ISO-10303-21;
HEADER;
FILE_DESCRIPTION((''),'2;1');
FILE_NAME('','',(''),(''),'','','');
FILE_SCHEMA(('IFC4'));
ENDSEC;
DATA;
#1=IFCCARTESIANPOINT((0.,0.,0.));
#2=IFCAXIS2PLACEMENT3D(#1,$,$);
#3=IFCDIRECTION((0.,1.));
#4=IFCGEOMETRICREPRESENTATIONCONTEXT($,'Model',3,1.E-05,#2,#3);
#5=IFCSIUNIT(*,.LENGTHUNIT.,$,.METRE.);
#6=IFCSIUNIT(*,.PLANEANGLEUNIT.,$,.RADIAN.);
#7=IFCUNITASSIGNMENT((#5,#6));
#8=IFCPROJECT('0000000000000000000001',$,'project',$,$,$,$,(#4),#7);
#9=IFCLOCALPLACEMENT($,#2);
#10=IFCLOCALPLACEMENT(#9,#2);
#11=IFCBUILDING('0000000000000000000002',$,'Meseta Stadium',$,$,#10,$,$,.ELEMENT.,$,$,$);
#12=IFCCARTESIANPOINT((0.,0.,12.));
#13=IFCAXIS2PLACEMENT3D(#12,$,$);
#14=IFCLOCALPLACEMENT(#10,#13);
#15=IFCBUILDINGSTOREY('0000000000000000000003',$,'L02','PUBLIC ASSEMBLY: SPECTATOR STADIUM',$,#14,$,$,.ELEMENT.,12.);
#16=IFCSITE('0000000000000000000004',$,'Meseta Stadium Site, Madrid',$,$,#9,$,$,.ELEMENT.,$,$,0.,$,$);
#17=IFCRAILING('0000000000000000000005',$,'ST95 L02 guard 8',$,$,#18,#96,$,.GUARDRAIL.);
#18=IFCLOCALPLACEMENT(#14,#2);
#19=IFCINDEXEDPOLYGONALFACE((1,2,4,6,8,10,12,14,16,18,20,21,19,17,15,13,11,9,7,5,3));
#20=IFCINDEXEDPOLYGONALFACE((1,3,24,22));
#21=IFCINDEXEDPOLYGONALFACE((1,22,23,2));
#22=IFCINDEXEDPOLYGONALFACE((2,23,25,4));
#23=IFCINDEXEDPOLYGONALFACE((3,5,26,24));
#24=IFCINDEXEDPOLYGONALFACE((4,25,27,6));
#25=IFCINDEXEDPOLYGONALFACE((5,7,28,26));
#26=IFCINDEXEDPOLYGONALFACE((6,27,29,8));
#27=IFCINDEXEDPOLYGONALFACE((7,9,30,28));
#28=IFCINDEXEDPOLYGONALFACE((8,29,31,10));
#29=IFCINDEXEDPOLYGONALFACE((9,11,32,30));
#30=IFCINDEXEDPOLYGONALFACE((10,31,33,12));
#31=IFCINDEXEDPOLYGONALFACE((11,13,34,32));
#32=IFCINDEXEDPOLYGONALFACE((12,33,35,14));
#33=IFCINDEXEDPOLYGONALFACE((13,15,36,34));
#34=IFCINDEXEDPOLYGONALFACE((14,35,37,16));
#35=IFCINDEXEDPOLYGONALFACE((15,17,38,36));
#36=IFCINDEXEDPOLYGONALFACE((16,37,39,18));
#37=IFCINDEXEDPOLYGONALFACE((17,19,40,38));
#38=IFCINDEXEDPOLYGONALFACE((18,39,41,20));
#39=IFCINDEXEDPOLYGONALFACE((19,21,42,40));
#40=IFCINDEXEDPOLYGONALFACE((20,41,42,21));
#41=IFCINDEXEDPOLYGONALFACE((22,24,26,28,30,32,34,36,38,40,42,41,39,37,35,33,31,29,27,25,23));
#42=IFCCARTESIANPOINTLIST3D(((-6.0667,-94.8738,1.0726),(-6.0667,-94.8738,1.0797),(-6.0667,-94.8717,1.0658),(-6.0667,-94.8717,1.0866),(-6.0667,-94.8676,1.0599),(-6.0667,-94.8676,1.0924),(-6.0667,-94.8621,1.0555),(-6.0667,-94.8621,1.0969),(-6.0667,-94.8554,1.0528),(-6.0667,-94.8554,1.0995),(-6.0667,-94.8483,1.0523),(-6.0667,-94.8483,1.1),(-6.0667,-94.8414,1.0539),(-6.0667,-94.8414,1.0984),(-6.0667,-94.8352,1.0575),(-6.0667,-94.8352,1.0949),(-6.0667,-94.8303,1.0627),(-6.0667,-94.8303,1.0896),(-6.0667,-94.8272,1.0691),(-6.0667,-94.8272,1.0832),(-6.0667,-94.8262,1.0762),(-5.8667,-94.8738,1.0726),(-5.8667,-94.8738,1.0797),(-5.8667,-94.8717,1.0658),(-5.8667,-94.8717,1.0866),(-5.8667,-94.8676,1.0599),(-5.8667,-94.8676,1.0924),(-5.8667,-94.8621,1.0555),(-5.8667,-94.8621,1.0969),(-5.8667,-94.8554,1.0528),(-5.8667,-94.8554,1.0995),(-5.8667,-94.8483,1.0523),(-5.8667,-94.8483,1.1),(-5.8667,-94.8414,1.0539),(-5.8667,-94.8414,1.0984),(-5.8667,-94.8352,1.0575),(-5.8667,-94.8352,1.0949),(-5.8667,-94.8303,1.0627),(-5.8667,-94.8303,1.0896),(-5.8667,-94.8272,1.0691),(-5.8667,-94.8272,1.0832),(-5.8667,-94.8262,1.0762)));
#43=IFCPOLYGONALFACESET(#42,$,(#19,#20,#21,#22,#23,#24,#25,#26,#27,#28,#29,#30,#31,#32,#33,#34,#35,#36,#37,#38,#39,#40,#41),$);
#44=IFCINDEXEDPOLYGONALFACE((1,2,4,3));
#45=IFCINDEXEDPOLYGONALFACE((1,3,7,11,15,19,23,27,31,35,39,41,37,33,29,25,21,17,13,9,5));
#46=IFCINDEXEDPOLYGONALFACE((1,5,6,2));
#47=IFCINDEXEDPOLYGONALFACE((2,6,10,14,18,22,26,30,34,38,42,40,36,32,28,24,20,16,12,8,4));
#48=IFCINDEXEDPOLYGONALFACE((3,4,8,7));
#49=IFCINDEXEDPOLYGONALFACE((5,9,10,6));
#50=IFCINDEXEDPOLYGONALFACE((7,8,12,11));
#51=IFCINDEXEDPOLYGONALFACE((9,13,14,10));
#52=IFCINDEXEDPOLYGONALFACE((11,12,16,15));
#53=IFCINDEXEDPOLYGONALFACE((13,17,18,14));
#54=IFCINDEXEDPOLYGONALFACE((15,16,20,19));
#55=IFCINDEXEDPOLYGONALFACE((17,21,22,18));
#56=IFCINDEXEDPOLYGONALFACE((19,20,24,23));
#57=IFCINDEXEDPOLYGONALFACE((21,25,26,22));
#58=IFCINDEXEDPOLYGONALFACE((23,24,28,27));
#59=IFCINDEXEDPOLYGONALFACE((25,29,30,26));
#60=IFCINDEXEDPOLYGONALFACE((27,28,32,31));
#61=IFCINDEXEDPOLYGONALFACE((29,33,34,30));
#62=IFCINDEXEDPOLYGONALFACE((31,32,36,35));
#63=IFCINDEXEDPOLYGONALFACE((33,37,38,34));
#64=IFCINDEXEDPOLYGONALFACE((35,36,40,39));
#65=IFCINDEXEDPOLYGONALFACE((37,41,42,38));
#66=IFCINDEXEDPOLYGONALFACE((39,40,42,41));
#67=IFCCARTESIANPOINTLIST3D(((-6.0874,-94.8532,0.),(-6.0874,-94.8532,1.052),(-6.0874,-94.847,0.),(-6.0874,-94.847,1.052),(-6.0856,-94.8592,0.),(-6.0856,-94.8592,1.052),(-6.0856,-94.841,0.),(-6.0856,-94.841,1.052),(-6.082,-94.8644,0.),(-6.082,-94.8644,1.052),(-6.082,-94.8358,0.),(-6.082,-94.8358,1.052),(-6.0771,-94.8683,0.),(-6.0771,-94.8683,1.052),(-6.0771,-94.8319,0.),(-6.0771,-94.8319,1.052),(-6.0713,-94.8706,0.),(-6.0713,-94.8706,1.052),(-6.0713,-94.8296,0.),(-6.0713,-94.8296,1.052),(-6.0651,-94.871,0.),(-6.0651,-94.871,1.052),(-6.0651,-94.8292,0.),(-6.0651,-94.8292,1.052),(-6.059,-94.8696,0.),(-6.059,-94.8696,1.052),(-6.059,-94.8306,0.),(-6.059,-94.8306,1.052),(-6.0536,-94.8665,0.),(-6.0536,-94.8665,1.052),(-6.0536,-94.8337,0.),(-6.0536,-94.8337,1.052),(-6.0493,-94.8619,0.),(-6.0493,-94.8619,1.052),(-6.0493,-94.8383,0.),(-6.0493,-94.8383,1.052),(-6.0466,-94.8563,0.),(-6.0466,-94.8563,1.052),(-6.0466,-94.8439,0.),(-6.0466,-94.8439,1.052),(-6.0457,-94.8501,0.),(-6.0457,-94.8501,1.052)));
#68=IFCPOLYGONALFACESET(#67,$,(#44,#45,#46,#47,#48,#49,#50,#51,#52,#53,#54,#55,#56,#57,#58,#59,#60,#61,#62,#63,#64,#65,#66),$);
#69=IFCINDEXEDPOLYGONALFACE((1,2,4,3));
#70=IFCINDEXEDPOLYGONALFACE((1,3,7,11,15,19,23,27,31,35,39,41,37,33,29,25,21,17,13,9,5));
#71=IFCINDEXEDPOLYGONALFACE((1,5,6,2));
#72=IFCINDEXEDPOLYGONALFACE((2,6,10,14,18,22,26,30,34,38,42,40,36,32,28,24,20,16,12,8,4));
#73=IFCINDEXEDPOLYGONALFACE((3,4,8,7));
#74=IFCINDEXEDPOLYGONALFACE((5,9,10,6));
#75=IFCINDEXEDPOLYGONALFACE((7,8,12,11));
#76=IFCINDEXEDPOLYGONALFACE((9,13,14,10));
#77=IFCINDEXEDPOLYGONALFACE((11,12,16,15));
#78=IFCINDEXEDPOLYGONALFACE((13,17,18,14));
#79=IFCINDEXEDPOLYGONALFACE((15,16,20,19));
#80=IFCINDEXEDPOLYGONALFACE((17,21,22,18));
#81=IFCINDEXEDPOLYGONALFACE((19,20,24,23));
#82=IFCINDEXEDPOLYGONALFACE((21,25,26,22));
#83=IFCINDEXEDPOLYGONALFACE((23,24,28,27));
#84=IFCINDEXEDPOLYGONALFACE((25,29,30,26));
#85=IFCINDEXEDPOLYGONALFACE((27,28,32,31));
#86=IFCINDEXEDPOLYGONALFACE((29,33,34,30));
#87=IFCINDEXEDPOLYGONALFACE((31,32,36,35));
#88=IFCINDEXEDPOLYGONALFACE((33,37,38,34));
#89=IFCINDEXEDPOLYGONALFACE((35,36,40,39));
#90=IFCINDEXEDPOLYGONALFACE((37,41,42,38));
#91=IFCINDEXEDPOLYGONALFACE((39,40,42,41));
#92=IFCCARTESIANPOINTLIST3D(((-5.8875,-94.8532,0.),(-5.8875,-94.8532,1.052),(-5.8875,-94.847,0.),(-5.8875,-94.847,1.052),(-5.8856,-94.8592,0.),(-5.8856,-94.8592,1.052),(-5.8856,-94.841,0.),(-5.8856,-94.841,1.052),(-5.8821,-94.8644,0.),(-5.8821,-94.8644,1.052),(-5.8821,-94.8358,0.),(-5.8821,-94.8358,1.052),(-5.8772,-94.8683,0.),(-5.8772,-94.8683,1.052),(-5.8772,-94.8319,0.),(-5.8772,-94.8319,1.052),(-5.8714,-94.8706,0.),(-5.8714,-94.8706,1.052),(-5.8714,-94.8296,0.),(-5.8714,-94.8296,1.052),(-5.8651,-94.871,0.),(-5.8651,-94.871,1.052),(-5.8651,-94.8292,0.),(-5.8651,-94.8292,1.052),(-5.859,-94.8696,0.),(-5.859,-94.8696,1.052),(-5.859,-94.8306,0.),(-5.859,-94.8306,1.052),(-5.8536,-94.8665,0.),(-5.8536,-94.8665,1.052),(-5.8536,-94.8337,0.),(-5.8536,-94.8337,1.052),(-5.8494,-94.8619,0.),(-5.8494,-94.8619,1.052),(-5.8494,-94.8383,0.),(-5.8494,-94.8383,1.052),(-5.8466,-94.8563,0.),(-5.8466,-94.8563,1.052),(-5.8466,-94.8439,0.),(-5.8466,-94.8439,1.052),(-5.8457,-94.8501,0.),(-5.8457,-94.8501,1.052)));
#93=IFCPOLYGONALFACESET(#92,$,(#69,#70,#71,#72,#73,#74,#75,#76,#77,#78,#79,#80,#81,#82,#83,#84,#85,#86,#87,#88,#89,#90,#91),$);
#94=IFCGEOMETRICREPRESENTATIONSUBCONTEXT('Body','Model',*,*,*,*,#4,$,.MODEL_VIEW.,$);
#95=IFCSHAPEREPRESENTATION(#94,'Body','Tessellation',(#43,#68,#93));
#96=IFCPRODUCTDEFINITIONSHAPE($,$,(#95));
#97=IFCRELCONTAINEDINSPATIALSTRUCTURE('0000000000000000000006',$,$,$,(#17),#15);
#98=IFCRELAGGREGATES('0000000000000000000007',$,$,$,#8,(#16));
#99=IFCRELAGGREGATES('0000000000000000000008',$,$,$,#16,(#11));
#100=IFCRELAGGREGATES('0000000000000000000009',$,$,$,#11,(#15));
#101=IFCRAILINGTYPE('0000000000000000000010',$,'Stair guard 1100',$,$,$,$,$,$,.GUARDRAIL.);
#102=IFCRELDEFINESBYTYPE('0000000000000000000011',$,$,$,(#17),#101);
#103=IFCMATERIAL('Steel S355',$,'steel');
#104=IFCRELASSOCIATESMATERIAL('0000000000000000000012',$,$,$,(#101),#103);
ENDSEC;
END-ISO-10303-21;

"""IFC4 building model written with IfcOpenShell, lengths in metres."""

from ifc_helpers import new_model, si_unit, direction, frame, origin, origin_2d, place, context, subcontext, project, spatial, circle, extrude, material, type_object, element, save


model = new_model("IFC4")

# Units and contexts
model_context = context("Model", 3, precision=1e-05, world=origin(), true_north=direction((0.0, 1.0)))
body_context = subcontext(model_context, "Body", "Model", "MODEL_VIEW")
ifc_project = project(units=[si_unit("LENGTHUNIT", "METRE"), si_unit("PLANEANGLEUNIT", "RADIAN")], contexts=[model_context])

# Site, building, storey
site_placement = place(None, origin())
site = spatial("IfcSite", under=ifc_project, at=site_placement, Name="Meseta Stadium Site, Madrid", CompositionType="ELEMENT", RefElevation=0.0)
building_placement = place(site_placement, origin())
building = spatial("IfcBuilding", under=site, at=building_placement, Name="Meseta Stadium", CompositionType="ELEMENT")
storey_placement = place(building_placement, frame((0.0, 0.0, 12.0)))
storey = spatial("IfcBuildingStorey", under=building, at=storey_placement, Name="L02", Description="PUBLIC ASSEMBLY: SPECTATOR STADIUM", CompositionType="ELEMENT", Elevation=12.0)

# Railing
ifc_material_1 = material(Name="Steel S355", Category="steel")
railing_type_1 = type_object("IfcRailingType", Name="Stair guard 1100", PredefinedType="GUARDRAIL", material=ifc_material_1)
railing_1_placement = place(storey_placement, frame((-6.0667, -94.8501, 0.0)))
element("IfcRailing", 1, at=railing_1_placement, inside=storey, type_object=railing_type_1, Name="ST95 L02 guard 8", PredefinedType="GUARDRAIL", context=body_context, shape_type="SweptSolid", body=[
    extrude(circle(Radius=0.0239, at=origin_2d()), frame((0.0, 0.0, 1.0762), z_axis=(1.0, 0.0, 0.0), x_axis=(0.0, 1.0, 0.0)), (0.0, 0.0, 1.0), 0.2),
    extrude(circle(Radius=0.021, at=origin_2d()), origin(), (0.0, 0.0, 1.0), 1.052),
    extrude(circle(Radius=0.021, at=origin_2d()), frame((0.2, 0.0, 0.0)), (0.0, 0.0, 1.0), 1.052),
])

save(model, "model.ifc")
